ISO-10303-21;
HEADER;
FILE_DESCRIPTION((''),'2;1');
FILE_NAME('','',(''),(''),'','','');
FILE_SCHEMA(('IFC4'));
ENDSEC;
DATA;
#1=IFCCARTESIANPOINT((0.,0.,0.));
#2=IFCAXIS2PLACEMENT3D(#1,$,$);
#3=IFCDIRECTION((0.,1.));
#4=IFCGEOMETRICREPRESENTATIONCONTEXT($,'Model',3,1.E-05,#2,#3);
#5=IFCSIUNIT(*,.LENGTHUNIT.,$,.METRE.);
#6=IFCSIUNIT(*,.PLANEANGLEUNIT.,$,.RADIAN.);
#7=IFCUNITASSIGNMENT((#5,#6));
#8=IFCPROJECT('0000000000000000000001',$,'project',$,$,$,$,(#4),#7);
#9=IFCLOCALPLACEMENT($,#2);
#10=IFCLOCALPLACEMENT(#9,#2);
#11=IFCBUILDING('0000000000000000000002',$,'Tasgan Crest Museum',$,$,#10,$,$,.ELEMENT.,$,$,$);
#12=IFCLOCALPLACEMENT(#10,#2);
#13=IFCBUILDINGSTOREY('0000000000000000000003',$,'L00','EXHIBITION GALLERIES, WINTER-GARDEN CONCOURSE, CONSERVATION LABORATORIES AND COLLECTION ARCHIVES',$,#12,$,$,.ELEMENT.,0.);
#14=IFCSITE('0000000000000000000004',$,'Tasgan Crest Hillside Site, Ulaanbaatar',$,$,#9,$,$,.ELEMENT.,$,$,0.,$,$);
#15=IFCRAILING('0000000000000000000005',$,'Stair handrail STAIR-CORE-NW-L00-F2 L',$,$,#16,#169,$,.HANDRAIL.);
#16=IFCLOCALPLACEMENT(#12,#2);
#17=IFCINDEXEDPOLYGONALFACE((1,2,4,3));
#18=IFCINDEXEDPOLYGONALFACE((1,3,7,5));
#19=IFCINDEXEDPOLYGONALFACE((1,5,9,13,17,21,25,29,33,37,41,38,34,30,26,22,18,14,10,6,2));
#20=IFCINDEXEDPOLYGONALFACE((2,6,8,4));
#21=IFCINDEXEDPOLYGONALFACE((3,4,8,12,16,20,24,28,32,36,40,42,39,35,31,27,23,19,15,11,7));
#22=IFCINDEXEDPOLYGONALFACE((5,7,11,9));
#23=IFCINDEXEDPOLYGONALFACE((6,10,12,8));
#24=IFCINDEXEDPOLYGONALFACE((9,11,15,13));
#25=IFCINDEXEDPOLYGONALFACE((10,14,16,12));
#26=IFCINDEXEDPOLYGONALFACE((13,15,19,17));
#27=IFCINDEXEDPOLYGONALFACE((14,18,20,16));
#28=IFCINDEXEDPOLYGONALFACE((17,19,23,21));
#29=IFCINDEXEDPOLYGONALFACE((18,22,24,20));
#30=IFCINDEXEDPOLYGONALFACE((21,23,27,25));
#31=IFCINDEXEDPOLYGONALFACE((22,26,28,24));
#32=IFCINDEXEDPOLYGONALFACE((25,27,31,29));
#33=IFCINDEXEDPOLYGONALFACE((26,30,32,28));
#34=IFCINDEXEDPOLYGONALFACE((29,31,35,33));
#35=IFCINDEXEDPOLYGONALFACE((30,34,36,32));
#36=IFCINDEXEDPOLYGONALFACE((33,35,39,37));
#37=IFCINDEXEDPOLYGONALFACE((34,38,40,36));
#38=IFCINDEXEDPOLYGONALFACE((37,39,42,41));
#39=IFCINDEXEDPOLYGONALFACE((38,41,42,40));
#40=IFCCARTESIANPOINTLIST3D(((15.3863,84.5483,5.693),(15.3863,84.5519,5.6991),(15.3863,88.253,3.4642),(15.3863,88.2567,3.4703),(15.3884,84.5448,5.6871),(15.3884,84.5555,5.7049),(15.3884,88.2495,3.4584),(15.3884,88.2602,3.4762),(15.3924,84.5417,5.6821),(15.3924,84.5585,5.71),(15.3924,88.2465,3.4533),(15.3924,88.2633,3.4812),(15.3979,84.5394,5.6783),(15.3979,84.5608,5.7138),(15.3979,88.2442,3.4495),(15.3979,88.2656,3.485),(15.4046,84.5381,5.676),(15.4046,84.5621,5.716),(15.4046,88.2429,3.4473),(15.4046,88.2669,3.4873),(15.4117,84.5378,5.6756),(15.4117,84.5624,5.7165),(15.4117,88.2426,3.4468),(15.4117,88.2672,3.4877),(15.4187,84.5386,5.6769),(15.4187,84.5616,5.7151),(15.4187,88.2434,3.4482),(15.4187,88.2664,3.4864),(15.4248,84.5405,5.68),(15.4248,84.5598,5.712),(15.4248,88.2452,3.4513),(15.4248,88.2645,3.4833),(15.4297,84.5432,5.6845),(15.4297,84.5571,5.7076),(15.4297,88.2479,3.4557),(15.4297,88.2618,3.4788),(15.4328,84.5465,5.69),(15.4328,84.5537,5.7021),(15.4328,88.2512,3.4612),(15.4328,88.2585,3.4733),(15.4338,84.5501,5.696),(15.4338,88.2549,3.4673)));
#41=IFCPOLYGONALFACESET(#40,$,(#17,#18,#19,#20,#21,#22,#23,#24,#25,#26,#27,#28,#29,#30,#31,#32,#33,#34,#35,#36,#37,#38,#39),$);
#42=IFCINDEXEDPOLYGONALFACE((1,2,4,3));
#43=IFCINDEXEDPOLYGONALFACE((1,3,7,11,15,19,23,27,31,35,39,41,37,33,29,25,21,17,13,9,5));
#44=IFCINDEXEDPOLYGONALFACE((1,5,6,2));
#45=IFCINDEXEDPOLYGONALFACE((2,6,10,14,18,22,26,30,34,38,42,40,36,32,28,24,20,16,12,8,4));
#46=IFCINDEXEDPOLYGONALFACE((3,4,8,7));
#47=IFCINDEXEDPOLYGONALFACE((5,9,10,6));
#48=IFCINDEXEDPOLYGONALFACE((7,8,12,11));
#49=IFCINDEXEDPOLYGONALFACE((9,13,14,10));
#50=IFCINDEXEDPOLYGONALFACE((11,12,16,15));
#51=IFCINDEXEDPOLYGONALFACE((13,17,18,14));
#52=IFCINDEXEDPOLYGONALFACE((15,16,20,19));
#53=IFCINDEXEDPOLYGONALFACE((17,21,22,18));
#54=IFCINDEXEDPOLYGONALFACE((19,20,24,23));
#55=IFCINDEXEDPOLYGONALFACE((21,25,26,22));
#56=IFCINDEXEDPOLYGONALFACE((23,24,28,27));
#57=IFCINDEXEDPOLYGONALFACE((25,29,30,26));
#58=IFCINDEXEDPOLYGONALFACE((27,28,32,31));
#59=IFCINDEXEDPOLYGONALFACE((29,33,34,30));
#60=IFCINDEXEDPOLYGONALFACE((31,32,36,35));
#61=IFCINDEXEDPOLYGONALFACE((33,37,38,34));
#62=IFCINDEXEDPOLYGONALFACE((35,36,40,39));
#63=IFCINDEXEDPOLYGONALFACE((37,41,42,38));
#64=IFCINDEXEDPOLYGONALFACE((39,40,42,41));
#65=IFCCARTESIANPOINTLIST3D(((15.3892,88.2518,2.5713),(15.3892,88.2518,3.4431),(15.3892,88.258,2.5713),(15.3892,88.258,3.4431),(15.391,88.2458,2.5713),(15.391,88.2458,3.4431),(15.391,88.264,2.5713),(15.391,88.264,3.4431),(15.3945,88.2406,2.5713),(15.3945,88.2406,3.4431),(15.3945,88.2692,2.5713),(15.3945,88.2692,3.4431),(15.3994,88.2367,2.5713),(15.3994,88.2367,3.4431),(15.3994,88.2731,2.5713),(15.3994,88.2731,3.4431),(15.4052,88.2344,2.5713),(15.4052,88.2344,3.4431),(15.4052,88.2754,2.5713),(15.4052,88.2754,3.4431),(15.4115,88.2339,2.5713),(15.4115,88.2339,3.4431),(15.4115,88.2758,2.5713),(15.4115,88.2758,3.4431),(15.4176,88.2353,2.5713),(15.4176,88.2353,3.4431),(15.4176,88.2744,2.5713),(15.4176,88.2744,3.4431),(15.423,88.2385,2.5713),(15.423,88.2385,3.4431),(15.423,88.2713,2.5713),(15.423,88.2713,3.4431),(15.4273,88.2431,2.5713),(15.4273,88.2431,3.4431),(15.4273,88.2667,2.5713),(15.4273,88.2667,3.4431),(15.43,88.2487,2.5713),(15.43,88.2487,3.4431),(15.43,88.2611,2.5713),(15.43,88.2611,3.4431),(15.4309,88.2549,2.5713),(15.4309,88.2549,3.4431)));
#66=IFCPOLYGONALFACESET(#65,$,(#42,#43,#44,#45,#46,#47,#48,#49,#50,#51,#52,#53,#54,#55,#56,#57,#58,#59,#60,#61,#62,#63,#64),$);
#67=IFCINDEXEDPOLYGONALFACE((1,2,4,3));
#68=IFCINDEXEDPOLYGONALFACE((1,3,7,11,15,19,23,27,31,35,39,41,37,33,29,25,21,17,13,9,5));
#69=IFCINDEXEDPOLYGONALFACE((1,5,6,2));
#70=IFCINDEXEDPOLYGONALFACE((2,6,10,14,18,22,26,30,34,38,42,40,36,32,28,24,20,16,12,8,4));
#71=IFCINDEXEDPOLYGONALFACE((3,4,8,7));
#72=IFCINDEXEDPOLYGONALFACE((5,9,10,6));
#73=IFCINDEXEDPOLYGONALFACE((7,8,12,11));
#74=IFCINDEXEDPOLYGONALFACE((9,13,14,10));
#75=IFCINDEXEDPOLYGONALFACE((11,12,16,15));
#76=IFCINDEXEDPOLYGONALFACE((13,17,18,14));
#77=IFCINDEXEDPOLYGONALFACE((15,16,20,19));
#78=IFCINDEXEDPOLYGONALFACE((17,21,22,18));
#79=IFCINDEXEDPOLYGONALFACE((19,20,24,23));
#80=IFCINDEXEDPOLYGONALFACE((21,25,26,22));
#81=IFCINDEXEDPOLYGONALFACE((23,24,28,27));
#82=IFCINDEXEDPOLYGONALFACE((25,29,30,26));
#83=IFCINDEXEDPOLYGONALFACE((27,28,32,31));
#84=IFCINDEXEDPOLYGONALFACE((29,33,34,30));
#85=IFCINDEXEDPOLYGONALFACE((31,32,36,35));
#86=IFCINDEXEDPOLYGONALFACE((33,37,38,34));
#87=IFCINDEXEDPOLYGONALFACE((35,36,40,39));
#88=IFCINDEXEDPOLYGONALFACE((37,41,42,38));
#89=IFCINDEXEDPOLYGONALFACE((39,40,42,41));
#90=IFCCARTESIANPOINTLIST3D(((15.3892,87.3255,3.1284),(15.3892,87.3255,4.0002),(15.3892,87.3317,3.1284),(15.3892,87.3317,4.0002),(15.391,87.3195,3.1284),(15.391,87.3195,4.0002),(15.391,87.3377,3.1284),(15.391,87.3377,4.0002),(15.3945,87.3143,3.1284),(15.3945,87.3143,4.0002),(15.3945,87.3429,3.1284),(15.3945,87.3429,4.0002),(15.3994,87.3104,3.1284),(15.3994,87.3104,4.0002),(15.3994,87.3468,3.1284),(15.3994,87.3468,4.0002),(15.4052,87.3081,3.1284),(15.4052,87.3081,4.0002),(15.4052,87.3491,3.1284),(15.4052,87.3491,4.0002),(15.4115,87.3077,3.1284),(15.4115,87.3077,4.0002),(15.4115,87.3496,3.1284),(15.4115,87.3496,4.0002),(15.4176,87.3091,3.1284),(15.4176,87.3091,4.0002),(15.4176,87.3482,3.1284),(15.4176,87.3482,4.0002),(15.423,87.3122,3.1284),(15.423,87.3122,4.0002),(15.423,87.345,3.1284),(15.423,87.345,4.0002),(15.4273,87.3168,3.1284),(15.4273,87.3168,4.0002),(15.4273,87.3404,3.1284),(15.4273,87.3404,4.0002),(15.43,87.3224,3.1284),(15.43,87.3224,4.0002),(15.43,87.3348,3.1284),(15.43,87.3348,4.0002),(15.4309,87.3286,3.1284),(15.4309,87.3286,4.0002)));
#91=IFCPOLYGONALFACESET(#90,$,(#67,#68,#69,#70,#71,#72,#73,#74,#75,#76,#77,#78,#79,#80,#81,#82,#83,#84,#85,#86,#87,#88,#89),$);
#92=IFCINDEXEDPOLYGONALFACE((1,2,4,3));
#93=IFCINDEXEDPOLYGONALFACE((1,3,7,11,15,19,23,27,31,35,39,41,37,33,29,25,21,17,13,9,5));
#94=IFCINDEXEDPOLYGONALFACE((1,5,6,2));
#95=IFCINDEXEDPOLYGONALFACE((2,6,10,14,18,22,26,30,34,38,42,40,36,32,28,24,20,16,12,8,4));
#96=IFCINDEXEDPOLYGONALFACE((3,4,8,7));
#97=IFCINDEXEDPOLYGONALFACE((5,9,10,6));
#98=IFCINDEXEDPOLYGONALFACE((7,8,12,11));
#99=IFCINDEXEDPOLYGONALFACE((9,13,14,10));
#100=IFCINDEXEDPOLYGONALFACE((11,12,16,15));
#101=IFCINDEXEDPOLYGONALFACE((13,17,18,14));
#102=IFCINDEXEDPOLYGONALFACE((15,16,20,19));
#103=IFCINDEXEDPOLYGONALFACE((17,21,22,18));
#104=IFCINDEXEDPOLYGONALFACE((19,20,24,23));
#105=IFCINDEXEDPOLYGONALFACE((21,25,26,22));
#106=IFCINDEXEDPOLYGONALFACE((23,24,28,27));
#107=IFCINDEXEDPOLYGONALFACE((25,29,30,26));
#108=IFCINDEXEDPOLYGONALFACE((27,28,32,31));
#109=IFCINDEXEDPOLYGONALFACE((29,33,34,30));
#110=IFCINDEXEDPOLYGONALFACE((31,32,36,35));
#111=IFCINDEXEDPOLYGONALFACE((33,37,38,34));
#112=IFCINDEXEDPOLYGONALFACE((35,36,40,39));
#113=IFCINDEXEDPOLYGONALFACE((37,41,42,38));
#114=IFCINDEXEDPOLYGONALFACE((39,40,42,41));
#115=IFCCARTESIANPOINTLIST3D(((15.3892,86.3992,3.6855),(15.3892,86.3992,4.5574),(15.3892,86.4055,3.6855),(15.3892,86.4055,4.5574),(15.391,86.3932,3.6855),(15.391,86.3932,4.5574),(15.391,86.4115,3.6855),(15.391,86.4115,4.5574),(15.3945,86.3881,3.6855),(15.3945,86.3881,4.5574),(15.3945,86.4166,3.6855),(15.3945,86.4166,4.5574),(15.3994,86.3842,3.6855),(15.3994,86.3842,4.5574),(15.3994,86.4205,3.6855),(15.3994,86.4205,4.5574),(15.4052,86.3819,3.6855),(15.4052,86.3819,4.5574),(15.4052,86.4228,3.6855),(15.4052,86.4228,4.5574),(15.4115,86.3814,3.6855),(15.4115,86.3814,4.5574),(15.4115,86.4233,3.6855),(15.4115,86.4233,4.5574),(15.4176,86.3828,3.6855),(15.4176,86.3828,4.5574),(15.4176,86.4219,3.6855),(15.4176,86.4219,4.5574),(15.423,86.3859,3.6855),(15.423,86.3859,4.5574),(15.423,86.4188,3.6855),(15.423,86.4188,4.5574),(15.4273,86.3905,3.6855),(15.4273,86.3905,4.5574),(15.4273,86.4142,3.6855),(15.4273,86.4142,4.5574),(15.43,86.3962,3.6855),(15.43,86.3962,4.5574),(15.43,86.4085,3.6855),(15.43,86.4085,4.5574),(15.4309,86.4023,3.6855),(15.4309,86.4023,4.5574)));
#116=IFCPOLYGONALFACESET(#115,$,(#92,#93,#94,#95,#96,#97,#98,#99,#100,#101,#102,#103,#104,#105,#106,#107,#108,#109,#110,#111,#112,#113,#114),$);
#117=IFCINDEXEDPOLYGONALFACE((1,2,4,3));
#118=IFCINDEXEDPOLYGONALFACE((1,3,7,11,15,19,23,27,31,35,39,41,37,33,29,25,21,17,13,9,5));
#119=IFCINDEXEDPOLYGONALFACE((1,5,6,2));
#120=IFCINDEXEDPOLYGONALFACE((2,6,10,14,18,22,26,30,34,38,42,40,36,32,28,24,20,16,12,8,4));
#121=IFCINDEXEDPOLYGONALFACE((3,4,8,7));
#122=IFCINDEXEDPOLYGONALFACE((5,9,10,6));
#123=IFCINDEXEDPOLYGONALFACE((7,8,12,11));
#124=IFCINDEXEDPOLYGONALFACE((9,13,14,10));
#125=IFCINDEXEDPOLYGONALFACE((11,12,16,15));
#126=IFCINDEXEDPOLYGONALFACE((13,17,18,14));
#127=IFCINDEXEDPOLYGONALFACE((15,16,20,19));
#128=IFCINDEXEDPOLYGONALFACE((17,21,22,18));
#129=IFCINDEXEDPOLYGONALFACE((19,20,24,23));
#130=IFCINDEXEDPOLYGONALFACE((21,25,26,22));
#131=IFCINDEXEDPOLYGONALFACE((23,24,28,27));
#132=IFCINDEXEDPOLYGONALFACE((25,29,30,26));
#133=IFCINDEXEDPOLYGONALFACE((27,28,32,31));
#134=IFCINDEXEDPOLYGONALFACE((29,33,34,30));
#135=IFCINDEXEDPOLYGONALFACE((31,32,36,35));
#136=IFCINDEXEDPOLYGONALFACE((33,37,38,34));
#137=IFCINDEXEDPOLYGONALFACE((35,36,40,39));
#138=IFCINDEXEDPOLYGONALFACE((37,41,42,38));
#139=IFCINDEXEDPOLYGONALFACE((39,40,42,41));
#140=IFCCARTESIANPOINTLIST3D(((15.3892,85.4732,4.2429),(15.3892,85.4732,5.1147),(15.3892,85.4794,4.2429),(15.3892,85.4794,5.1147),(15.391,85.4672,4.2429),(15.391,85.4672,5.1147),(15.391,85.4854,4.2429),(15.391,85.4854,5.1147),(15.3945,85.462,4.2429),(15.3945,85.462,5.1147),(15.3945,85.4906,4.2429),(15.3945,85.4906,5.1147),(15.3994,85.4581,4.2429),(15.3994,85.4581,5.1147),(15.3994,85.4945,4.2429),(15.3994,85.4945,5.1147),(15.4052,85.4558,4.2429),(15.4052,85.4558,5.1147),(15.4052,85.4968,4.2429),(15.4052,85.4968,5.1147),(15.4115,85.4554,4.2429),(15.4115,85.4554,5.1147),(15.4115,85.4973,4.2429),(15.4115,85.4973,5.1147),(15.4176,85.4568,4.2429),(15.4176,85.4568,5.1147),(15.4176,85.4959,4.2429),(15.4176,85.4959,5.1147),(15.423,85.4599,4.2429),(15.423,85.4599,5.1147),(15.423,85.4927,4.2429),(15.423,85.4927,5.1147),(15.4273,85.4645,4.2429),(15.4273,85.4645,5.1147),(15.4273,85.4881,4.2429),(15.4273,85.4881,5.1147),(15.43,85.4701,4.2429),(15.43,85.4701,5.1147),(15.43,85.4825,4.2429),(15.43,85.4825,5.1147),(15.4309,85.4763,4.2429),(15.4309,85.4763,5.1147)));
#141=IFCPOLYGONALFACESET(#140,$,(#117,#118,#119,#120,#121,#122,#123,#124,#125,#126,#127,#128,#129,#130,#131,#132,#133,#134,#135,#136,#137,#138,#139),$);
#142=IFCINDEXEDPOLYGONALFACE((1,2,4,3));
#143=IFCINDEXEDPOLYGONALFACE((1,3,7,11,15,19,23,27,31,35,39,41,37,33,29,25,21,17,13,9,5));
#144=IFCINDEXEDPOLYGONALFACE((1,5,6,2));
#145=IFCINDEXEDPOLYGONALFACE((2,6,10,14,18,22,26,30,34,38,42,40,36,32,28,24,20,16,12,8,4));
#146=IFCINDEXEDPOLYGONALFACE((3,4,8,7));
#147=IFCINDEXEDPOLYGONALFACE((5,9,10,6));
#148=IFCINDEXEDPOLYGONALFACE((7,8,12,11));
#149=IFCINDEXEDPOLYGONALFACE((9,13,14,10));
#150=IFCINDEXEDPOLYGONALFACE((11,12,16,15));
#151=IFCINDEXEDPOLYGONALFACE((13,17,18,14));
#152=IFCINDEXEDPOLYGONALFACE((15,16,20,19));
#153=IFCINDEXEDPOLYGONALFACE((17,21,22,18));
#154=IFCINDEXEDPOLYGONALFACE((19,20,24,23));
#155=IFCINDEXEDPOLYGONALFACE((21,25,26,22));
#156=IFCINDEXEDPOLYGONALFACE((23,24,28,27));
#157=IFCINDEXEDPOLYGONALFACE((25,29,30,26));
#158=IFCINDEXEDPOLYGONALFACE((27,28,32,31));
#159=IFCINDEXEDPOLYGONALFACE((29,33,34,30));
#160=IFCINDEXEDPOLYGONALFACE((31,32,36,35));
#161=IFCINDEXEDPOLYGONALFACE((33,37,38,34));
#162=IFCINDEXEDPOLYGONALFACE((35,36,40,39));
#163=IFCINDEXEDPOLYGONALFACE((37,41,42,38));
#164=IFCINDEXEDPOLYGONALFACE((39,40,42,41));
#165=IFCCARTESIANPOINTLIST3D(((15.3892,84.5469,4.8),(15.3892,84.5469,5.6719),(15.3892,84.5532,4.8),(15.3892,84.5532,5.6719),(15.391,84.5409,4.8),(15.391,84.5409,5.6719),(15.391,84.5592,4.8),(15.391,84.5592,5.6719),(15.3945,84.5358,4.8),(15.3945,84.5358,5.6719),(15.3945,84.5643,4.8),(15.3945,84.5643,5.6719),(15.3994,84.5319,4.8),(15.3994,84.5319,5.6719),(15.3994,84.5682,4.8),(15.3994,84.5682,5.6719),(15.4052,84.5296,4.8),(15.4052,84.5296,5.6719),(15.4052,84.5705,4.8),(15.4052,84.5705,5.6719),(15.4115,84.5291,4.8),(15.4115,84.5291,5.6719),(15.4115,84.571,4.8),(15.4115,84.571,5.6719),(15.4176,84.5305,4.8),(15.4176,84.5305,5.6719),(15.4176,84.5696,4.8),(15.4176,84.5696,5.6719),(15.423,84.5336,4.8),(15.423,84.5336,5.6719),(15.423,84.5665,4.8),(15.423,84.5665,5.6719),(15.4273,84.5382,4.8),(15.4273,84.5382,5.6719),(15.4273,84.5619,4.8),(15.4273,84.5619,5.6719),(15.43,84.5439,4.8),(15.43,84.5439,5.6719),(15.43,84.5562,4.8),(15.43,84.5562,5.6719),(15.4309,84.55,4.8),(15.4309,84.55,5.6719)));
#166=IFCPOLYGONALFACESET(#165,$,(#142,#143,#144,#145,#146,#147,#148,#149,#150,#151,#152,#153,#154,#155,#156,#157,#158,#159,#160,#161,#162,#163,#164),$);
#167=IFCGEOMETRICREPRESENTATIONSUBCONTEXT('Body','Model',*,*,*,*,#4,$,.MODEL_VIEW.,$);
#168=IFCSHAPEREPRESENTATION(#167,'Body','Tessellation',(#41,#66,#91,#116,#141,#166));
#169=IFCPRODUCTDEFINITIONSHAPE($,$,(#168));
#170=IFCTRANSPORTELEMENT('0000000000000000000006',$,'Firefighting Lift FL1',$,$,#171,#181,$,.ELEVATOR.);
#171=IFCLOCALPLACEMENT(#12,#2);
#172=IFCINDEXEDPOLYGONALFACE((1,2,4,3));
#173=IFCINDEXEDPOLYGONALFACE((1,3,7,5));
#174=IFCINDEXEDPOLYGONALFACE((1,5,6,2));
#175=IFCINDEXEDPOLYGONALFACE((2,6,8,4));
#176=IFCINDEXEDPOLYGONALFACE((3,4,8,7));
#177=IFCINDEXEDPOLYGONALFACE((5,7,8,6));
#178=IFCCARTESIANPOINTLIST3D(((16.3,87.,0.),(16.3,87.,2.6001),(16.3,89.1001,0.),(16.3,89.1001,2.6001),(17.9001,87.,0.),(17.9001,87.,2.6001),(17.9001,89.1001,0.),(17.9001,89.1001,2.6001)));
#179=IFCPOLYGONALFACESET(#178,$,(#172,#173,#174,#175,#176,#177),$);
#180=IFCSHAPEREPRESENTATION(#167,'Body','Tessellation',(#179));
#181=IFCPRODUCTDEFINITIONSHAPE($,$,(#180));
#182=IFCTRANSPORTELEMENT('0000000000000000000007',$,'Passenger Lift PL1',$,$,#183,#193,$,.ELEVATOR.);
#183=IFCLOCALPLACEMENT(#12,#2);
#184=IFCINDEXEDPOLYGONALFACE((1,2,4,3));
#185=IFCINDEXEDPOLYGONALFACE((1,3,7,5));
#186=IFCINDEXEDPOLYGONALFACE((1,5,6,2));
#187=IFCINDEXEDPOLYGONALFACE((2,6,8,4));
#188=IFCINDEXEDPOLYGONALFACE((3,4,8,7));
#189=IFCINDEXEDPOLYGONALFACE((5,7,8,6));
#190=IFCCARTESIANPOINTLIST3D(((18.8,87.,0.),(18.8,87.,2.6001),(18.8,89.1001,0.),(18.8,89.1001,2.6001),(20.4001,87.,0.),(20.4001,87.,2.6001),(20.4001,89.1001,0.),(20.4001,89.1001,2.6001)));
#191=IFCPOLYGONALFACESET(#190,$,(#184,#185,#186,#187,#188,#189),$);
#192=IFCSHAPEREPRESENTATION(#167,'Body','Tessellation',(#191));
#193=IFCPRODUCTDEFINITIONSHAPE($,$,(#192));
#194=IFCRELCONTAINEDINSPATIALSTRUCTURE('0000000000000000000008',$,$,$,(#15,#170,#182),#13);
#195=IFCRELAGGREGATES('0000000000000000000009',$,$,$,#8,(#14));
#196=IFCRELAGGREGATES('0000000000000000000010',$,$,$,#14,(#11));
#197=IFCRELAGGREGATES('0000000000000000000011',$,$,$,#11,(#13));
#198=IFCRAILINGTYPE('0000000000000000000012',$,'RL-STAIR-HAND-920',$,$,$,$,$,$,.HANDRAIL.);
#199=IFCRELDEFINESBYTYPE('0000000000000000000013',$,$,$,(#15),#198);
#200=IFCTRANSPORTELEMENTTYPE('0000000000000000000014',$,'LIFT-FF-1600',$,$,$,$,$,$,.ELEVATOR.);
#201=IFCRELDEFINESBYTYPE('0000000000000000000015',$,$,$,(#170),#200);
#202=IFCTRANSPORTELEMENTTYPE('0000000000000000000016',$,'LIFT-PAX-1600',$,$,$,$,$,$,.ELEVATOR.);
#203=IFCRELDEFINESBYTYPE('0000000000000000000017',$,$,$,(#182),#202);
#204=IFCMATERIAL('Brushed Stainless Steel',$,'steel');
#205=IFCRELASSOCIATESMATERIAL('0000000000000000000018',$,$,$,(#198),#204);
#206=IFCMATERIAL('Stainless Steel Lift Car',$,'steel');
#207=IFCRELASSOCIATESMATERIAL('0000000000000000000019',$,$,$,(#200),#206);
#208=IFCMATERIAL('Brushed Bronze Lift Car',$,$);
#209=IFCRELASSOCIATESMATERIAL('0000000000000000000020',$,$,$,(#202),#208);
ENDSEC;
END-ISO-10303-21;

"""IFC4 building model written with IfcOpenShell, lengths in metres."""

from ifc_helpers import new_model, si_unit, direction, frame, origin, origin_2d, place, context, subcontext, project, spatial, rectangle, circle, extrude, material, type_object, element, save


model = new_model("IFC4")

# Units and contexts
model_context = context("Model", 3, precision=1e-05, world=origin(), true_north=direction((0.0, 1.0)))
body_context = subcontext(model_context, "Body", "Model", "MODEL_VIEW")
ifc_project = project(units=[si_unit("LENGTHUNIT", "METRE"), si_unit("PLANEANGLEUNIT", "RADIAN")], contexts=[model_context])

# Site, building, storey
site_placement = place(None, origin())
site = spatial("IfcSite", under=ifc_project, at=site_placement, Name="Tasgan Crest Hillside Site, Ulaanbaatar", CompositionType="ELEMENT", RefElevation=0.0)
building_placement = place(site_placement, origin())
building = spatial("IfcBuilding", under=site, at=building_placement, Name="Tasgan Crest Museum", CompositionType="ELEMENT")
storey_placement = place(building_placement, origin())
storey = spatial("IfcBuildingStorey", under=building, at=storey_placement, Name="L00", Description="EXHIBITION GALLERIES, WINTER-GARDEN CONCOURSE, CONSERVATION LABORATORIES AND COLLECTION ARCHIVES", CompositionType="ELEMENT", Elevation=0.0)

# Railing
ifc_material_1 = material(Name="Brushed Stainless Steel", Category="steel")
railing_type = type_object("IfcRailingType", Name="RL-STAIR-HAND-920", PredefinedType="HANDRAIL", material=ifc_material_1)
railing_placement = place(storey_placement, frame((15.4099, 88.2549, 2.5713)))
element("IfcRailing", 1, at=railing_placement, inside=storey, type_object=railing_type, Name="Stair handrail STAIR-CORE-NW-L00-F2 L", PredefinedType="HANDRAIL", context=body_context, shape_type="SweptSolid", body=[
    extrude(circle(Radius=0.0239, at=origin_2d()), frame((0.0, 0.0, 0.896), z_axis=(0.0, -0.856894, 0.515492), x_axis=(1.0, 0.0, 0.0)), (0.0, 0.0, 1.0), 4.3235),
    extrude(circle(Radius=0.021, at=origin_2d()), origin(), (0.0, 0.0, 1.0), 0.8718),
    extrude(circle(Radius=0.021, at=origin_2d()), frame((0.0, -0.9263, 0.5571)), (0.0, 0.0, 1.0), 0.8718),
    extrude(circle(Radius=0.021, at=origin_2d()), frame((0.0, -1.8525, 1.1143)), (0.0, 0.0, 1.0), 0.8718),
    extrude(circle(Radius=0.021, at=origin_2d()), frame((0.0, -2.7786, 1.6716)), (0.0, 0.0, 1.0), 0.8718),
    extrude(circle(Radius=0.021, at=origin_2d()), frame((0.0, -3.7048, 2.2288)), (0.0, 0.0, 1.0), 0.8718),
])

# Transport elements
ifc_material_2 = material(Name="Stainless Steel Lift Car", Category="steel")
transport_element_type_1 = type_object("IfcTransportElementType", Name="LIFT-FF-1600", PredefinedType="ELEVATOR", material=ifc_material_2)
transport_element_1_placement = place(storey_placement, frame((17.1001, 88.05, 0.0), z_axis=(0.0, 0.0, 1.0), x_axis=(1.0, 0.0, 0.0)))
element("IfcTransportElement", 2, at=transport_element_1_placement, inside=storey, type_object=transport_element_type_1, Name="Firefighting Lift FL1", PredefinedType="ELEVATOR", context=body_context, shape_type="SweptSolid", body=[
    extrude(rectangle(XDim=1.6001, YDim=2.1001, at=origin_2d()), origin(), (0.0, 0.0, 1.0), 2.6001),
])
ifc_material_3 = material(Name="Brushed Bronze Lift Car")
transport_element_type_2 = type_object("IfcTransportElementType", Name="LIFT-PAX-1600", PredefinedType="ELEVATOR", material=ifc_material_3)
transport_element_2_placement = place(storey_placement, frame((19.6001, 88.05, 0.0), z_axis=(0.0, 0.0, 1.0), x_axis=(1.0, 0.0, 0.0)))
element("IfcTransportElement", 3, at=transport_element_2_placement, inside=storey, type_object=transport_element_type_2, Name="Passenger Lift PL1", PredefinedType="ELEVATOR", context=body_context, shape_type="SweptSolid", body=[
    extrude(rectangle(XDim=1.6001, YDim=2.1001, at=origin_2d()), origin(), (0.0, 0.0, 1.0), 2.6001),
])

save(model, "model.ifc")
